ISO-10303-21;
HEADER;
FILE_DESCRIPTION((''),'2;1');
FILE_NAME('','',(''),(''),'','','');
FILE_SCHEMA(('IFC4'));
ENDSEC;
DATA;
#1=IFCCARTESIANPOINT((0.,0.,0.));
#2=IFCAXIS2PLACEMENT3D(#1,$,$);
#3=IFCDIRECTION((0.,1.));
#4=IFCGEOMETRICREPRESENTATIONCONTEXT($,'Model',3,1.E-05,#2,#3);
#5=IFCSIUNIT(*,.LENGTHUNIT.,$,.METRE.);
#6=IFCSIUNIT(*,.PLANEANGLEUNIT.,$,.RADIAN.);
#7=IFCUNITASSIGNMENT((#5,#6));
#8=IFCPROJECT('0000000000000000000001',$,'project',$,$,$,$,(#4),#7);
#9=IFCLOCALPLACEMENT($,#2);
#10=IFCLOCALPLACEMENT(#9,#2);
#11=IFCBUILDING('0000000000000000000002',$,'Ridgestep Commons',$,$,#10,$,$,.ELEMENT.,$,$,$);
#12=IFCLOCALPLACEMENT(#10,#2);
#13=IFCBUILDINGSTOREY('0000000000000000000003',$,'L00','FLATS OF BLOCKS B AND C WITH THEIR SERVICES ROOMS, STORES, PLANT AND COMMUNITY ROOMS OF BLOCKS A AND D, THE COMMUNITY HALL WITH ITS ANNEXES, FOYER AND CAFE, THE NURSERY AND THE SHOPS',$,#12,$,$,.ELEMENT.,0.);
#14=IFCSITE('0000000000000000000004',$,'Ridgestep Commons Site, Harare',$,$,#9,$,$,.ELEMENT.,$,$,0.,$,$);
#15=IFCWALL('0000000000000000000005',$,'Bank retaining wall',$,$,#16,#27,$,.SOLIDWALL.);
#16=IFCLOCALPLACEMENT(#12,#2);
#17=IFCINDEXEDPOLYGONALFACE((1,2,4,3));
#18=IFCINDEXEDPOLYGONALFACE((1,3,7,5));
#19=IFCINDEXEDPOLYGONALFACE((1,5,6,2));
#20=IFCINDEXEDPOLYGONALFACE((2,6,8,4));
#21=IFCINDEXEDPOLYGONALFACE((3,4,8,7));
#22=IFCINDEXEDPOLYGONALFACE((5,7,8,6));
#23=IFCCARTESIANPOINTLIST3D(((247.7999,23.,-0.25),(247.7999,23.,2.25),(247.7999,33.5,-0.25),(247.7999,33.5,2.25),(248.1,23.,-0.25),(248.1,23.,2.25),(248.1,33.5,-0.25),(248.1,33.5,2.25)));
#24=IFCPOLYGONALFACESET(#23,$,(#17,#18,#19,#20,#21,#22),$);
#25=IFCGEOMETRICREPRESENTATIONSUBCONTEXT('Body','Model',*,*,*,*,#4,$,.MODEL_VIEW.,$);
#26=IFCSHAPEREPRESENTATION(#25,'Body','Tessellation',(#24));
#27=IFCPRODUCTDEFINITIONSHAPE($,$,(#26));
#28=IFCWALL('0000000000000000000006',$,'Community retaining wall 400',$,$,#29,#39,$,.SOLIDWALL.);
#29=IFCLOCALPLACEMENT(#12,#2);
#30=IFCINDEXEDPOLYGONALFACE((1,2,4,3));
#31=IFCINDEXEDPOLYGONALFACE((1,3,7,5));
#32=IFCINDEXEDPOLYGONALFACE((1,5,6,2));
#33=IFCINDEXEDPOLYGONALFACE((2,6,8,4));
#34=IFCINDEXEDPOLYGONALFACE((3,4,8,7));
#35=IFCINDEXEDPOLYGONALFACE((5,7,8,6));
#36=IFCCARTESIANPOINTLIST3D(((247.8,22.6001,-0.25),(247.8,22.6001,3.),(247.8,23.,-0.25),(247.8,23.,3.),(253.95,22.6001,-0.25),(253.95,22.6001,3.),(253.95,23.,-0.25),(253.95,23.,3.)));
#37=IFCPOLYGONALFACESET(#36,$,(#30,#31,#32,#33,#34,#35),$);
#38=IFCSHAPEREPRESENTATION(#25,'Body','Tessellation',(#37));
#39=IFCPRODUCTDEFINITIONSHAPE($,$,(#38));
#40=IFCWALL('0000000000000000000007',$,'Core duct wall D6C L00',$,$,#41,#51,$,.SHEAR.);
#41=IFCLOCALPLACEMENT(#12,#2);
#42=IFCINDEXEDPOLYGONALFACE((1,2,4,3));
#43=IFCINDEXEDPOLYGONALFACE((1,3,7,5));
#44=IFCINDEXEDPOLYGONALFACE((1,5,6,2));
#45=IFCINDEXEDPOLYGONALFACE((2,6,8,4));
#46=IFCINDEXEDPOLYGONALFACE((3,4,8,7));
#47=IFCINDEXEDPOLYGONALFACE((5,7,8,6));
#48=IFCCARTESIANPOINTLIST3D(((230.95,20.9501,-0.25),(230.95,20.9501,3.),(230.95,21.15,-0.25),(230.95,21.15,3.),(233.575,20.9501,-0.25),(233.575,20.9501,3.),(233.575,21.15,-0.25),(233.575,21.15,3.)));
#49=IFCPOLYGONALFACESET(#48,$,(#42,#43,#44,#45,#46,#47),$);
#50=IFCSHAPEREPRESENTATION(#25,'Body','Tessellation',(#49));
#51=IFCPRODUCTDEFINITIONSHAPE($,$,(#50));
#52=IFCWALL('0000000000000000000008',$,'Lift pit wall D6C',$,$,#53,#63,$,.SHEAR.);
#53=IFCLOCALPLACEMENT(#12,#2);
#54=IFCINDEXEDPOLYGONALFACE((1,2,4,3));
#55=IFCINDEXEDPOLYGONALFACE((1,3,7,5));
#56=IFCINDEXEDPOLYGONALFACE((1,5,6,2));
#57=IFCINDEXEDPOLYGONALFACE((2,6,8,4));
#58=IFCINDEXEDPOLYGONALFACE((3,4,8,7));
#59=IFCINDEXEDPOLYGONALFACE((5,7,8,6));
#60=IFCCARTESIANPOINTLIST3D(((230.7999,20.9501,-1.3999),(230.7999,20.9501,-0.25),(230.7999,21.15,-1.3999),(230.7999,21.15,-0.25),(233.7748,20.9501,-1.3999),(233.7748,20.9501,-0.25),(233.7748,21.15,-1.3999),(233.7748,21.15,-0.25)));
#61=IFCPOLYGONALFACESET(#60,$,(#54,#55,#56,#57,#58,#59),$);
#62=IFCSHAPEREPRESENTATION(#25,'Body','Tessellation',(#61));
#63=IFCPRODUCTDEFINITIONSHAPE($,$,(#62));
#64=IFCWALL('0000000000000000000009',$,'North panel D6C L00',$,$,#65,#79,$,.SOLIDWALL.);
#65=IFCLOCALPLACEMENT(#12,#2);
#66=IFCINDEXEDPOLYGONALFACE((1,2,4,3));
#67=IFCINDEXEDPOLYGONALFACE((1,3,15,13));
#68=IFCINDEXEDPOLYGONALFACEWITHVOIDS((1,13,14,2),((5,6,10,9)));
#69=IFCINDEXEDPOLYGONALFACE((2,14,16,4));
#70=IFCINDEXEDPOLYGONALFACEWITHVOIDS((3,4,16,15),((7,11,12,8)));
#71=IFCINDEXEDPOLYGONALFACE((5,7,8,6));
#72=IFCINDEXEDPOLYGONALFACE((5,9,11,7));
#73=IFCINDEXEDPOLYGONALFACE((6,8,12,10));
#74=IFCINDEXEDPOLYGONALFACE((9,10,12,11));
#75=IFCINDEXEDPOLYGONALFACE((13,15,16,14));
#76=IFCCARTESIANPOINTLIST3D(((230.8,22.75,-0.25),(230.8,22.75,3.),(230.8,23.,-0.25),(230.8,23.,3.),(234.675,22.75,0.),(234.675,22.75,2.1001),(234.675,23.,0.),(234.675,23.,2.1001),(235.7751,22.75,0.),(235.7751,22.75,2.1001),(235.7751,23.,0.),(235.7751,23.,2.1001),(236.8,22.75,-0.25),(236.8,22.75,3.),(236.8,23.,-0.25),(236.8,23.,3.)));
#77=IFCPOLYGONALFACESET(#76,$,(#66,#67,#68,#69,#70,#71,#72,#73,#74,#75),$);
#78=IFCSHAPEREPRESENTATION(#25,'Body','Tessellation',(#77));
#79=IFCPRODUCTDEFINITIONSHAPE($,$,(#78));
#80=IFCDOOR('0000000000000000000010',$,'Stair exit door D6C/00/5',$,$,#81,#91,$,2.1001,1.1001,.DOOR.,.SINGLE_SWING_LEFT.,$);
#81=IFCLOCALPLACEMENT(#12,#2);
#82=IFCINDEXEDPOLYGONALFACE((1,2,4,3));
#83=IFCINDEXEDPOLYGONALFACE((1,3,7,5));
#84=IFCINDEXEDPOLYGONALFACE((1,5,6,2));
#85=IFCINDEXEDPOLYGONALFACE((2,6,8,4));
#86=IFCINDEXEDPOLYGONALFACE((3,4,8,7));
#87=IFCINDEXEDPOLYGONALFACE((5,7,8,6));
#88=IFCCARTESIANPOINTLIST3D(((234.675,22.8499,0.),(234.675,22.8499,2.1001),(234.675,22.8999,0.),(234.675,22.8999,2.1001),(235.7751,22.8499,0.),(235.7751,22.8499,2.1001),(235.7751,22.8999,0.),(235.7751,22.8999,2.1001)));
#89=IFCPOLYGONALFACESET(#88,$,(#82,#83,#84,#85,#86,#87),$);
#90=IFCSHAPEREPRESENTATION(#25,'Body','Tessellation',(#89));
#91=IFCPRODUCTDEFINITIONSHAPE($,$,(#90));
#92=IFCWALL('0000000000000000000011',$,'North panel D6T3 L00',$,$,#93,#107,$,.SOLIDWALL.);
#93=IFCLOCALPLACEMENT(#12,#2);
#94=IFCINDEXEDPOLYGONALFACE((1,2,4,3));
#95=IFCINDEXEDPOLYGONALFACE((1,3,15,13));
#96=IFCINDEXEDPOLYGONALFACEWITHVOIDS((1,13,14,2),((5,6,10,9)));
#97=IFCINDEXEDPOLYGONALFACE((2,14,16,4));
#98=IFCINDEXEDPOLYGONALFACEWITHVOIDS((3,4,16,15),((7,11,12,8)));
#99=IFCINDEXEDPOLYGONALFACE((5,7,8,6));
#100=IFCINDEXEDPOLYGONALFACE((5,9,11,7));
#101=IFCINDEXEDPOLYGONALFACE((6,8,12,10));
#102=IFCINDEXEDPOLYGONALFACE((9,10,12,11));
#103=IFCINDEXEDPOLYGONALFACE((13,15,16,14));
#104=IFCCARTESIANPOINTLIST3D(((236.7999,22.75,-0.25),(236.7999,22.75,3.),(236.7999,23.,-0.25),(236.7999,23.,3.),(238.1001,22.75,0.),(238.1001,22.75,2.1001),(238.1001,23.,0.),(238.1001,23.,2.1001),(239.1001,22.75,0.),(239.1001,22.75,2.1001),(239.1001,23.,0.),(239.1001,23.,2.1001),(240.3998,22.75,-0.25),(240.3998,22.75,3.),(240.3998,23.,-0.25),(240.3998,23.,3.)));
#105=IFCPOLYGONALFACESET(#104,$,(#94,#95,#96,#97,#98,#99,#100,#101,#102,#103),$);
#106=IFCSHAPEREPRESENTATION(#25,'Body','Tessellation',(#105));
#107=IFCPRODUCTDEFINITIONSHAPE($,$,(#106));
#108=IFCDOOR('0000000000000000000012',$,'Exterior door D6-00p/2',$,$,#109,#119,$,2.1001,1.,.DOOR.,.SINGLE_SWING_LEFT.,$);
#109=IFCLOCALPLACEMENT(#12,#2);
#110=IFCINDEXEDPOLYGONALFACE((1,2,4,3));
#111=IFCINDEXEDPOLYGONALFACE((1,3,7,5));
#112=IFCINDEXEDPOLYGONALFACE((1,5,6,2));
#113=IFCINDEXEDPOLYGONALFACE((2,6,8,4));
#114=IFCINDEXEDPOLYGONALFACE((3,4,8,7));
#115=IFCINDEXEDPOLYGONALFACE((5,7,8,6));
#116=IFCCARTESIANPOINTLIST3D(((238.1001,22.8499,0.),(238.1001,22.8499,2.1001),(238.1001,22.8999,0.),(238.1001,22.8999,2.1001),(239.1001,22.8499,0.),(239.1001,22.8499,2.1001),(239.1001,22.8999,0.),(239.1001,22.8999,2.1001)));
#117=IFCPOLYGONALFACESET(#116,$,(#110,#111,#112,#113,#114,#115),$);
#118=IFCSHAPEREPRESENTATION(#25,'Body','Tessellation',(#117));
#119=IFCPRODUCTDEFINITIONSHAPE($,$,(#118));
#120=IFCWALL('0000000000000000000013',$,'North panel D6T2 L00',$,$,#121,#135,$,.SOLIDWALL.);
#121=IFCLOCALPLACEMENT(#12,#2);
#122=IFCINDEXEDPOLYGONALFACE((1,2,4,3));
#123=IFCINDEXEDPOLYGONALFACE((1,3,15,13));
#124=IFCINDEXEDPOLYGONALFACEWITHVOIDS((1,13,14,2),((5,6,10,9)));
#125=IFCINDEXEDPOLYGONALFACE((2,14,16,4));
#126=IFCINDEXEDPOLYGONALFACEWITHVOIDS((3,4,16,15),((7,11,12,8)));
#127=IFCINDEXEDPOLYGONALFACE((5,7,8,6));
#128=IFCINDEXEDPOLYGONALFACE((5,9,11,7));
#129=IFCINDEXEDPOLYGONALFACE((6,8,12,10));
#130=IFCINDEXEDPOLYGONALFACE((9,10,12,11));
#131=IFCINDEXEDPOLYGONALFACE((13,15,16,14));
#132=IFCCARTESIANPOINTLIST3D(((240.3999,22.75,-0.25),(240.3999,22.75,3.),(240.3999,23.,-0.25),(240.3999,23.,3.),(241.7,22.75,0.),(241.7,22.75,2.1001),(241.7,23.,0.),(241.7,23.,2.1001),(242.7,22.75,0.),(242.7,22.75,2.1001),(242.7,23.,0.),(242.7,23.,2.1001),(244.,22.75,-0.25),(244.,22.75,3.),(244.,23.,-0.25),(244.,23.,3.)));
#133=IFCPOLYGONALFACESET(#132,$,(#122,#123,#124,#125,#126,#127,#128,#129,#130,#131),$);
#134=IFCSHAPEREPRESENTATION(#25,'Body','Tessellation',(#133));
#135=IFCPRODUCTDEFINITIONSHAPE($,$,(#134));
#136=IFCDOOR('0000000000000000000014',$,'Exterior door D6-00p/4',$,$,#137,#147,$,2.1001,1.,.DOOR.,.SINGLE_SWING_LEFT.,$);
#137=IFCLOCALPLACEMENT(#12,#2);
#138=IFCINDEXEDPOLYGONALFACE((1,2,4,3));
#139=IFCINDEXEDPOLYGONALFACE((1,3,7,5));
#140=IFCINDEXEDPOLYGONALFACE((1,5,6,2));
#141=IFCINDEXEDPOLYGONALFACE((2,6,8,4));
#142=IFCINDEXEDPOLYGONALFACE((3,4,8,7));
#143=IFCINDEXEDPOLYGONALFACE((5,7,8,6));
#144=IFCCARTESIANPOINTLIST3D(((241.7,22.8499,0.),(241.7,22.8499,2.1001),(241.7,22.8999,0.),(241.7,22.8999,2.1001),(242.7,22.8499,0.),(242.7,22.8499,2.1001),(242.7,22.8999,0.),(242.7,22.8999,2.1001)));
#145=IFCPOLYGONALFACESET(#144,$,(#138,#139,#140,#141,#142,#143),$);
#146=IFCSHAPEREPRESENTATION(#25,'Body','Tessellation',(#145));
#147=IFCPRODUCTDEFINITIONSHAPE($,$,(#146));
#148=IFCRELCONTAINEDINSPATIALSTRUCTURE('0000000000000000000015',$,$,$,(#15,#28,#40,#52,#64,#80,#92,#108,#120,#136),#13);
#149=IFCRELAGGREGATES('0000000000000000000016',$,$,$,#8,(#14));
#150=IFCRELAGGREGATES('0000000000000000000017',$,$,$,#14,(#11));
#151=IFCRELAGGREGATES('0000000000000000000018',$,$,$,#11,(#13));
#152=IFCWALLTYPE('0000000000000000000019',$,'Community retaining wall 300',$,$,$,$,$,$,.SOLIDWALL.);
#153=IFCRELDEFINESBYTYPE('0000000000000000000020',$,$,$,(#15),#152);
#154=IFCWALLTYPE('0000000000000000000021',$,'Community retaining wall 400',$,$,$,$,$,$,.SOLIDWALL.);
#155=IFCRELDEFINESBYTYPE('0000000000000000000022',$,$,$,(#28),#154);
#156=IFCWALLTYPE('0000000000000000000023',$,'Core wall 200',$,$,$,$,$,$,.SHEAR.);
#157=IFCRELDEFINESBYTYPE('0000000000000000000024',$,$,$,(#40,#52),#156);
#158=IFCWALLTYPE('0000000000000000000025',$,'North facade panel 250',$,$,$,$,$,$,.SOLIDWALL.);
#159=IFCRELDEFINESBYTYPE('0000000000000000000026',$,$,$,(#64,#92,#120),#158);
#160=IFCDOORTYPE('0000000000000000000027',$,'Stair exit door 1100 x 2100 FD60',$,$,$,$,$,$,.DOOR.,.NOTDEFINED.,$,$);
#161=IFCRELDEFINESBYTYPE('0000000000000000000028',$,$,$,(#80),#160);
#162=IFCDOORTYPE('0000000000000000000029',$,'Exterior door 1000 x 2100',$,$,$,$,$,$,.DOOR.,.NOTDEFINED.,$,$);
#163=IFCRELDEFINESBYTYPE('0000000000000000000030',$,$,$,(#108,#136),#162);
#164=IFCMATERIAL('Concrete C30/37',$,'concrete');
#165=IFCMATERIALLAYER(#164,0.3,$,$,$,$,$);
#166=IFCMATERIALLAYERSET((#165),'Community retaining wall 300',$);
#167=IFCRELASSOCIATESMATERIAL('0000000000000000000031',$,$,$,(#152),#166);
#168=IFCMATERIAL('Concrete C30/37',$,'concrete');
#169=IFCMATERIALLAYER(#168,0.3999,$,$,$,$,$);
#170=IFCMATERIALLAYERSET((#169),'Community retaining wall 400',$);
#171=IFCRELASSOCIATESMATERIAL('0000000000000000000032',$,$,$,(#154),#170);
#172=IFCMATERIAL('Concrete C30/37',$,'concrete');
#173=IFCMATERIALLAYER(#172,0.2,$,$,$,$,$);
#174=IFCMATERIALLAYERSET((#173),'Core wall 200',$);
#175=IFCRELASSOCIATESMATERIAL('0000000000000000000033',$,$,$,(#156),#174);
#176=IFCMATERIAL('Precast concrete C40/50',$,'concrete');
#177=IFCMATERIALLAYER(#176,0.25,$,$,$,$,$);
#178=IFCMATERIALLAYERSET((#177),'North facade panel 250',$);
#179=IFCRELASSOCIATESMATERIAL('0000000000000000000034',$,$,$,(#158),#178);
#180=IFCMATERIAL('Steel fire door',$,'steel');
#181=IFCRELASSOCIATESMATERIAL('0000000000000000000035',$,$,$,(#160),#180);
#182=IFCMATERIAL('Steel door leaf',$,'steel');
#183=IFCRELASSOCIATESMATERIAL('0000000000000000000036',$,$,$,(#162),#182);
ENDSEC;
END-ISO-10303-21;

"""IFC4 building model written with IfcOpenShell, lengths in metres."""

from ifc_helpers import new_model, si_unit, direction, frame, frame_2d, origin, place, context, subcontext, project, spatial, rectangle, extrude, material, layer, layer_set, type_object, element, fill, save


model = new_model("IFC4")

# Units and contexts
model_context = context("Model", 3, precision=1e-05, world=origin(), true_north=direction((0.0, 1.0)))
body_context = subcontext(model_context, "Body", "Model", "MODEL_VIEW")
ifc_project = project(units=[si_unit("LENGTHUNIT", "METRE"), si_unit("PLANEANGLEUNIT", "RADIAN")], contexts=[model_context])

# Site, building, storey
site_placement = place(None, origin())
site = spatial("IfcSite", under=ifc_project, at=site_placement, Name="Ridgestep Commons Site, Harare", CompositionType="ELEMENT", RefElevation=0.0)
building_placement = place(site_placement, origin())
building = spatial("IfcBuilding", under=site, at=building_placement, Name="Ridgestep Commons", CompositionType="ELEMENT")
storey_placement = place(building_placement, origin())
storey = spatial("IfcBuildingStorey", under=building, at=storey_placement, Name="L00", Description="FLATS OF BLOCKS B AND C WITH THEIR SERVICES ROOMS, STORES, PLANT AND COMMUNITY ROOMS OF BLOCKS A AND D, THE COMMUNITY HALL WITH ITS ANNEXES, FOYER AND CAFE, THE NURSERY AND THE SHOPS", CompositionType="ELEMENT", Elevation=0.0)

# Walls
ifc_material_1 = material(Name="Concrete C30/37", Category="concrete")
ifc_layer_1 = layer(ifc_material_1, 0.3)
ifc_layer_set_1 = layer_set([ifc_layer_1], Name="Community retaining wall 300")
wall_type_1 = type_object("IfcWallType", Name="Community retaining wall 300", PredefinedType="SOLIDWALL", material=ifc_layer_set_1)
wall_1_placement = place(storey_placement, frame((247.95, 23.0, -0.25), z_axis=(0.0, 0.0, 1.0), x_axis=(0.0, 1.0, 0.0)))
element("IfcWall", 1, at=wall_1_placement, inside=storey, type_object=wall_type_1, Name="Bank retaining wall", PredefinedType="SOLIDWALL", context=body_context, shape_type="SweptSolid", body=[
    extrude(rectangle(XDim=10.5, YDim=0.3, at=frame_2d((5.25, 0.0))), origin(), (0.0, 0.0, 1.0), 2.5),
])
ifc_material_2 = material(Name="Concrete C30/37", Category="concrete")
ifc_layer_2 = layer(ifc_material_2, 0.3999)
ifc_layer_set_2 = layer_set([ifc_layer_2], Name="Community retaining wall 400")
wall_type_2 = type_object("IfcWallType", Name="Community retaining wall 400", PredefinedType="SOLIDWALL", material=ifc_layer_set_2)
wall_2_placement = place(storey_placement, frame((247.8, 22.8, -0.25), z_axis=(0.0, 0.0, 1.0), x_axis=(1.0, 0.0, 0.0)))
element("IfcWall", 2, at=wall_2_placement, inside=storey, type_object=wall_type_2, Name="Community retaining wall 400", PredefinedType="SOLIDWALL", context=body_context, shape_type="SweptSolid", body=[
    extrude(rectangle(XDim=6.1499, YDim=0.3999, at=frame_2d((3.075, 0.0))), origin(), (0.0, 0.0, 1.0), 3.25),
])
ifc_material_3 = material(Name="Concrete C30/37", Category="concrete")
ifc_layer_3 = layer(ifc_material_3, 0.2)
ifc_layer_set_3 = layer_set([ifc_layer_3], Name="Core wall 200")
wall_type_3 = type_object("IfcWallType", Name="Core wall 200", PredefinedType="SHEAR", material=ifc_layer_set_3)
wall_3_placement = place(storey_placement, frame((230.95, 21.05, -0.25), z_axis=(0.0, 0.0, 1.0), x_axis=(1.0, 0.0, 0.0)))
element("IfcWall", 3, at=wall_3_placement, inside=storey, type_object=wall_type_3, Name="Core duct wall D6C L00", PredefinedType="SHEAR", context=body_context, shape_type="SweptSolid", body=[
    extrude(rectangle(XDim=2.625, YDim=0.2, at=frame_2d((1.3125, 0.0))), origin(), (0.0, 0.0, 1.0), 3.25),
])
wall_4_placement = place(storey_placement, frame((230.8, 21.05, -1.3999), z_axis=(0.0, 0.0, 1.0), x_axis=(1.0, 0.0, 0.0)))
element("IfcWall", 4, at=wall_4_placement, inside=storey, type_object=wall_type_3, Name="Lift pit wall D6C", PredefinedType="SHEAR", context=body_context, shape_type="SweptSolid", body=[
    extrude(rectangle(XDim=2.9749, YDim=0.2, at=frame_2d((1.4873, 0.0))), origin(), (0.0, 0.0, 1.0), 1.1499),
])

# Walls, openings, doors
ifc_material_4 = material(Name="Precast concrete C40/50", Category="concrete")
ifc_layer_4 = layer(ifc_material_4, 0.25)
ifc_layer_set_4 = layer_set([ifc_layer_4], Name="North facade panel 250")
wall_type_4 = type_object("IfcWallType", Name="North facade panel 250", PredefinedType="SOLIDWALL", material=ifc_layer_set_4)
wall_5_placement = place(storey_placement, frame((230.8, 22.875, -0.25), z_axis=(0.0, 0.0, 1.0), x_axis=(1.0, 0.0, 0.0)))
wall_5 = element("IfcWall", 5, at=wall_5_placement, inside=storey, type_object=wall_type_4, Name="North panel D6C L00", PredefinedType="SOLIDWALL", context=body_context, shape_type="SweptSolid", body=[
    extrude(rectangle(XDim=6.0, YDim=0.25, at=frame_2d((3.0, 0.0))), origin(), (0.0, 0.0, 1.0), 3.25),
])
opening_1_placement = place(wall_5_placement, frame((3.875, 0.0, 0.25)))
opening_1 = element("IfcOpeningElement", 6, at=opening_1_placement, cuts=wall_5, PredefinedType="OPENING", context=body_context, shape_type="SweptSolid", body=[
    extrude(rectangle(XDim=1.1001, YDim=2.1001, at=frame_2d((0.55, 1.05))), frame((0.0, 0.135, 0.0), z_axis=(0.0, -1.0, 0.0), x_axis=(1.0, 0.0, 0.0)), (0.0, 0.0, 1.0), 0.27),
])
ifc_material_5 = material(Name="Steel fire door", Category="steel")
door_type_1 = type_object("IfcDoorType", Name="Stair exit door 1100 x 2100 FD60", OperationType="NOTDEFINED", PredefinedType="DOOR", material=ifc_material_5)
door_1_placement = place(opening_1_placement, origin())
door_1 = element("IfcDoor", 7, at=door_1_placement, inside=storey, type_object=door_type_1, Name="Stair exit door D6C/00/5", OperationType="SINGLE_SWING_LEFT", OverallHeight=2.1001, OverallWidth=1.1001, PredefinedType="DOOR", context=body_context, shape_type="SweptSolid", body=[
    extrude(rectangle(XDim=1.1001, YDim=2.1001, at=frame_2d((0.55, 1.05))), frame((0.0, 0.0249, 0.0), z_axis=(0.0, -1.0, 0.0), x_axis=(1.0, 0.0, 0.0)), (0.0, 0.0, 1.0), 0.05),
])
fill(opening_1, door_1)
wall_6_placement = place(storey_placement, frame((236.8, 22.875, -0.25), z_axis=(0.0, 0.0, 1.0), x_axis=(1.0, 0.0, 0.0)))
wall_6 = element("IfcWall", 8, at=wall_6_placement, inside=storey, type_object=wall_type_4, Name="North panel D6T3 L00", PredefinedType="SOLIDWALL", context=body_context, shape_type="SweptSolid", body=[
    extrude(rectangle(XDim=3.5999, YDim=0.25, at=frame_2d((1.7998, 0.0))), origin(), (0.0, 0.0, 1.0), 3.25),
])
opening_2_placement = place(wall_6_placement, frame((1.3, 0.0, 0.25)))
opening_2 = element("IfcOpeningElement", 9, at=opening_2_placement, cuts=wall_6, PredefinedType="OPENING", context=body_context, shape_type="SweptSolid", body=[
    extrude(rectangle(XDim=1.0, YDim=2.1001, at=frame_2d((0.5, 1.05))), frame((0.0, 0.135, 0.0), z_axis=(0.0, -1.0, 0.0), x_axis=(1.0, 0.0, 0.0)), (0.0, 0.0, 1.0), 0.27),
])
ifc_material_6 = material(Name="Steel door leaf", Category="steel")
door_type_2 = type_object("IfcDoorType", Name="Exterior door 1000 x 2100", OperationType="NOTDEFINED", PredefinedType="DOOR", material=ifc_material_6)
door_2_placement = place(opening_2_placement, origin())
door_2 = element("IfcDoor", 10, at=door_2_placement, inside=storey, type_object=door_type_2, Name="Exterior door D6-00p/2", OperationType="SINGLE_SWING_LEFT", OverallHeight=2.1001, OverallWidth=1.0, PredefinedType="DOOR", context=body_context, shape_type="SweptSolid", body=[
    extrude(rectangle(XDim=1.0, YDim=2.1001, at=frame_2d((0.5, 1.05))), frame((0.0, 0.0249, 0.0), z_axis=(0.0, -1.0, 0.0), x_axis=(1.0, 0.0, 0.0)), (0.0, 0.0, 1.0), 0.05),
])
fill(opening_2, door_2)
wall_7_placement = place(storey_placement, frame((240.3999, 22.875, -0.25), z_axis=(0.0, 0.0, 1.0), x_axis=(1.0, 0.0, 0.0)))
wall_7 = element("IfcWall", 11, at=wall_7_placement, inside=storey, type_object=wall_type_4, Name="North panel D6T2 L00", PredefinedType="SOLIDWALL", context=body_context, shape_type="SweptSolid", body=[
    extrude(rectangle(XDim=3.6001, YDim=0.25, at=frame_2d((1.8, 0.0))), origin(), (0.0, 0.0, 1.0), 3.25),
])
opening_3_placement = place(wall_7_placement, frame((1.3, 0.0, 0.25)))
opening_3 = element("IfcOpeningElement", 12, at=opening_3_placement, cuts=wall_7, PredefinedType="OPENING", context=body_context, shape_type="SweptSolid", body=[
    extrude(rectangle(XDim=1.0, YDim=2.1001, at=frame_2d((0.5, 1.05))), frame((0.0, 0.135, 0.0), z_axis=(0.0, -1.0, 0.0), x_axis=(1.0, 0.0, 0.0)), (0.0, 0.0, 1.0), 0.27),
])
door_3_placement = place(opening_3_placement, origin())
door_3 = element("IfcDoor", 13, at=door_3_placement, inside=storey, type_object=door_type_2, Name="Exterior door D6-00p/4", OperationType="SINGLE_SWING_LEFT", OverallHeight=2.1001, OverallWidth=1.0, PredefinedType="DOOR", context=body_context, shape_type="SweptSolid", body=[
    extrude(rectangle(XDim=1.0, YDim=2.1001, at=frame_2d((0.5, 1.05))), frame((0.0, 0.0249, 0.0), z_axis=(0.0, -1.0, 0.0), x_axis=(1.0, 0.0, 0.0)), (0.0, 0.0, 1.0), 0.05),
])
fill(opening_3, door_3)

save(model, "model.ifc")
